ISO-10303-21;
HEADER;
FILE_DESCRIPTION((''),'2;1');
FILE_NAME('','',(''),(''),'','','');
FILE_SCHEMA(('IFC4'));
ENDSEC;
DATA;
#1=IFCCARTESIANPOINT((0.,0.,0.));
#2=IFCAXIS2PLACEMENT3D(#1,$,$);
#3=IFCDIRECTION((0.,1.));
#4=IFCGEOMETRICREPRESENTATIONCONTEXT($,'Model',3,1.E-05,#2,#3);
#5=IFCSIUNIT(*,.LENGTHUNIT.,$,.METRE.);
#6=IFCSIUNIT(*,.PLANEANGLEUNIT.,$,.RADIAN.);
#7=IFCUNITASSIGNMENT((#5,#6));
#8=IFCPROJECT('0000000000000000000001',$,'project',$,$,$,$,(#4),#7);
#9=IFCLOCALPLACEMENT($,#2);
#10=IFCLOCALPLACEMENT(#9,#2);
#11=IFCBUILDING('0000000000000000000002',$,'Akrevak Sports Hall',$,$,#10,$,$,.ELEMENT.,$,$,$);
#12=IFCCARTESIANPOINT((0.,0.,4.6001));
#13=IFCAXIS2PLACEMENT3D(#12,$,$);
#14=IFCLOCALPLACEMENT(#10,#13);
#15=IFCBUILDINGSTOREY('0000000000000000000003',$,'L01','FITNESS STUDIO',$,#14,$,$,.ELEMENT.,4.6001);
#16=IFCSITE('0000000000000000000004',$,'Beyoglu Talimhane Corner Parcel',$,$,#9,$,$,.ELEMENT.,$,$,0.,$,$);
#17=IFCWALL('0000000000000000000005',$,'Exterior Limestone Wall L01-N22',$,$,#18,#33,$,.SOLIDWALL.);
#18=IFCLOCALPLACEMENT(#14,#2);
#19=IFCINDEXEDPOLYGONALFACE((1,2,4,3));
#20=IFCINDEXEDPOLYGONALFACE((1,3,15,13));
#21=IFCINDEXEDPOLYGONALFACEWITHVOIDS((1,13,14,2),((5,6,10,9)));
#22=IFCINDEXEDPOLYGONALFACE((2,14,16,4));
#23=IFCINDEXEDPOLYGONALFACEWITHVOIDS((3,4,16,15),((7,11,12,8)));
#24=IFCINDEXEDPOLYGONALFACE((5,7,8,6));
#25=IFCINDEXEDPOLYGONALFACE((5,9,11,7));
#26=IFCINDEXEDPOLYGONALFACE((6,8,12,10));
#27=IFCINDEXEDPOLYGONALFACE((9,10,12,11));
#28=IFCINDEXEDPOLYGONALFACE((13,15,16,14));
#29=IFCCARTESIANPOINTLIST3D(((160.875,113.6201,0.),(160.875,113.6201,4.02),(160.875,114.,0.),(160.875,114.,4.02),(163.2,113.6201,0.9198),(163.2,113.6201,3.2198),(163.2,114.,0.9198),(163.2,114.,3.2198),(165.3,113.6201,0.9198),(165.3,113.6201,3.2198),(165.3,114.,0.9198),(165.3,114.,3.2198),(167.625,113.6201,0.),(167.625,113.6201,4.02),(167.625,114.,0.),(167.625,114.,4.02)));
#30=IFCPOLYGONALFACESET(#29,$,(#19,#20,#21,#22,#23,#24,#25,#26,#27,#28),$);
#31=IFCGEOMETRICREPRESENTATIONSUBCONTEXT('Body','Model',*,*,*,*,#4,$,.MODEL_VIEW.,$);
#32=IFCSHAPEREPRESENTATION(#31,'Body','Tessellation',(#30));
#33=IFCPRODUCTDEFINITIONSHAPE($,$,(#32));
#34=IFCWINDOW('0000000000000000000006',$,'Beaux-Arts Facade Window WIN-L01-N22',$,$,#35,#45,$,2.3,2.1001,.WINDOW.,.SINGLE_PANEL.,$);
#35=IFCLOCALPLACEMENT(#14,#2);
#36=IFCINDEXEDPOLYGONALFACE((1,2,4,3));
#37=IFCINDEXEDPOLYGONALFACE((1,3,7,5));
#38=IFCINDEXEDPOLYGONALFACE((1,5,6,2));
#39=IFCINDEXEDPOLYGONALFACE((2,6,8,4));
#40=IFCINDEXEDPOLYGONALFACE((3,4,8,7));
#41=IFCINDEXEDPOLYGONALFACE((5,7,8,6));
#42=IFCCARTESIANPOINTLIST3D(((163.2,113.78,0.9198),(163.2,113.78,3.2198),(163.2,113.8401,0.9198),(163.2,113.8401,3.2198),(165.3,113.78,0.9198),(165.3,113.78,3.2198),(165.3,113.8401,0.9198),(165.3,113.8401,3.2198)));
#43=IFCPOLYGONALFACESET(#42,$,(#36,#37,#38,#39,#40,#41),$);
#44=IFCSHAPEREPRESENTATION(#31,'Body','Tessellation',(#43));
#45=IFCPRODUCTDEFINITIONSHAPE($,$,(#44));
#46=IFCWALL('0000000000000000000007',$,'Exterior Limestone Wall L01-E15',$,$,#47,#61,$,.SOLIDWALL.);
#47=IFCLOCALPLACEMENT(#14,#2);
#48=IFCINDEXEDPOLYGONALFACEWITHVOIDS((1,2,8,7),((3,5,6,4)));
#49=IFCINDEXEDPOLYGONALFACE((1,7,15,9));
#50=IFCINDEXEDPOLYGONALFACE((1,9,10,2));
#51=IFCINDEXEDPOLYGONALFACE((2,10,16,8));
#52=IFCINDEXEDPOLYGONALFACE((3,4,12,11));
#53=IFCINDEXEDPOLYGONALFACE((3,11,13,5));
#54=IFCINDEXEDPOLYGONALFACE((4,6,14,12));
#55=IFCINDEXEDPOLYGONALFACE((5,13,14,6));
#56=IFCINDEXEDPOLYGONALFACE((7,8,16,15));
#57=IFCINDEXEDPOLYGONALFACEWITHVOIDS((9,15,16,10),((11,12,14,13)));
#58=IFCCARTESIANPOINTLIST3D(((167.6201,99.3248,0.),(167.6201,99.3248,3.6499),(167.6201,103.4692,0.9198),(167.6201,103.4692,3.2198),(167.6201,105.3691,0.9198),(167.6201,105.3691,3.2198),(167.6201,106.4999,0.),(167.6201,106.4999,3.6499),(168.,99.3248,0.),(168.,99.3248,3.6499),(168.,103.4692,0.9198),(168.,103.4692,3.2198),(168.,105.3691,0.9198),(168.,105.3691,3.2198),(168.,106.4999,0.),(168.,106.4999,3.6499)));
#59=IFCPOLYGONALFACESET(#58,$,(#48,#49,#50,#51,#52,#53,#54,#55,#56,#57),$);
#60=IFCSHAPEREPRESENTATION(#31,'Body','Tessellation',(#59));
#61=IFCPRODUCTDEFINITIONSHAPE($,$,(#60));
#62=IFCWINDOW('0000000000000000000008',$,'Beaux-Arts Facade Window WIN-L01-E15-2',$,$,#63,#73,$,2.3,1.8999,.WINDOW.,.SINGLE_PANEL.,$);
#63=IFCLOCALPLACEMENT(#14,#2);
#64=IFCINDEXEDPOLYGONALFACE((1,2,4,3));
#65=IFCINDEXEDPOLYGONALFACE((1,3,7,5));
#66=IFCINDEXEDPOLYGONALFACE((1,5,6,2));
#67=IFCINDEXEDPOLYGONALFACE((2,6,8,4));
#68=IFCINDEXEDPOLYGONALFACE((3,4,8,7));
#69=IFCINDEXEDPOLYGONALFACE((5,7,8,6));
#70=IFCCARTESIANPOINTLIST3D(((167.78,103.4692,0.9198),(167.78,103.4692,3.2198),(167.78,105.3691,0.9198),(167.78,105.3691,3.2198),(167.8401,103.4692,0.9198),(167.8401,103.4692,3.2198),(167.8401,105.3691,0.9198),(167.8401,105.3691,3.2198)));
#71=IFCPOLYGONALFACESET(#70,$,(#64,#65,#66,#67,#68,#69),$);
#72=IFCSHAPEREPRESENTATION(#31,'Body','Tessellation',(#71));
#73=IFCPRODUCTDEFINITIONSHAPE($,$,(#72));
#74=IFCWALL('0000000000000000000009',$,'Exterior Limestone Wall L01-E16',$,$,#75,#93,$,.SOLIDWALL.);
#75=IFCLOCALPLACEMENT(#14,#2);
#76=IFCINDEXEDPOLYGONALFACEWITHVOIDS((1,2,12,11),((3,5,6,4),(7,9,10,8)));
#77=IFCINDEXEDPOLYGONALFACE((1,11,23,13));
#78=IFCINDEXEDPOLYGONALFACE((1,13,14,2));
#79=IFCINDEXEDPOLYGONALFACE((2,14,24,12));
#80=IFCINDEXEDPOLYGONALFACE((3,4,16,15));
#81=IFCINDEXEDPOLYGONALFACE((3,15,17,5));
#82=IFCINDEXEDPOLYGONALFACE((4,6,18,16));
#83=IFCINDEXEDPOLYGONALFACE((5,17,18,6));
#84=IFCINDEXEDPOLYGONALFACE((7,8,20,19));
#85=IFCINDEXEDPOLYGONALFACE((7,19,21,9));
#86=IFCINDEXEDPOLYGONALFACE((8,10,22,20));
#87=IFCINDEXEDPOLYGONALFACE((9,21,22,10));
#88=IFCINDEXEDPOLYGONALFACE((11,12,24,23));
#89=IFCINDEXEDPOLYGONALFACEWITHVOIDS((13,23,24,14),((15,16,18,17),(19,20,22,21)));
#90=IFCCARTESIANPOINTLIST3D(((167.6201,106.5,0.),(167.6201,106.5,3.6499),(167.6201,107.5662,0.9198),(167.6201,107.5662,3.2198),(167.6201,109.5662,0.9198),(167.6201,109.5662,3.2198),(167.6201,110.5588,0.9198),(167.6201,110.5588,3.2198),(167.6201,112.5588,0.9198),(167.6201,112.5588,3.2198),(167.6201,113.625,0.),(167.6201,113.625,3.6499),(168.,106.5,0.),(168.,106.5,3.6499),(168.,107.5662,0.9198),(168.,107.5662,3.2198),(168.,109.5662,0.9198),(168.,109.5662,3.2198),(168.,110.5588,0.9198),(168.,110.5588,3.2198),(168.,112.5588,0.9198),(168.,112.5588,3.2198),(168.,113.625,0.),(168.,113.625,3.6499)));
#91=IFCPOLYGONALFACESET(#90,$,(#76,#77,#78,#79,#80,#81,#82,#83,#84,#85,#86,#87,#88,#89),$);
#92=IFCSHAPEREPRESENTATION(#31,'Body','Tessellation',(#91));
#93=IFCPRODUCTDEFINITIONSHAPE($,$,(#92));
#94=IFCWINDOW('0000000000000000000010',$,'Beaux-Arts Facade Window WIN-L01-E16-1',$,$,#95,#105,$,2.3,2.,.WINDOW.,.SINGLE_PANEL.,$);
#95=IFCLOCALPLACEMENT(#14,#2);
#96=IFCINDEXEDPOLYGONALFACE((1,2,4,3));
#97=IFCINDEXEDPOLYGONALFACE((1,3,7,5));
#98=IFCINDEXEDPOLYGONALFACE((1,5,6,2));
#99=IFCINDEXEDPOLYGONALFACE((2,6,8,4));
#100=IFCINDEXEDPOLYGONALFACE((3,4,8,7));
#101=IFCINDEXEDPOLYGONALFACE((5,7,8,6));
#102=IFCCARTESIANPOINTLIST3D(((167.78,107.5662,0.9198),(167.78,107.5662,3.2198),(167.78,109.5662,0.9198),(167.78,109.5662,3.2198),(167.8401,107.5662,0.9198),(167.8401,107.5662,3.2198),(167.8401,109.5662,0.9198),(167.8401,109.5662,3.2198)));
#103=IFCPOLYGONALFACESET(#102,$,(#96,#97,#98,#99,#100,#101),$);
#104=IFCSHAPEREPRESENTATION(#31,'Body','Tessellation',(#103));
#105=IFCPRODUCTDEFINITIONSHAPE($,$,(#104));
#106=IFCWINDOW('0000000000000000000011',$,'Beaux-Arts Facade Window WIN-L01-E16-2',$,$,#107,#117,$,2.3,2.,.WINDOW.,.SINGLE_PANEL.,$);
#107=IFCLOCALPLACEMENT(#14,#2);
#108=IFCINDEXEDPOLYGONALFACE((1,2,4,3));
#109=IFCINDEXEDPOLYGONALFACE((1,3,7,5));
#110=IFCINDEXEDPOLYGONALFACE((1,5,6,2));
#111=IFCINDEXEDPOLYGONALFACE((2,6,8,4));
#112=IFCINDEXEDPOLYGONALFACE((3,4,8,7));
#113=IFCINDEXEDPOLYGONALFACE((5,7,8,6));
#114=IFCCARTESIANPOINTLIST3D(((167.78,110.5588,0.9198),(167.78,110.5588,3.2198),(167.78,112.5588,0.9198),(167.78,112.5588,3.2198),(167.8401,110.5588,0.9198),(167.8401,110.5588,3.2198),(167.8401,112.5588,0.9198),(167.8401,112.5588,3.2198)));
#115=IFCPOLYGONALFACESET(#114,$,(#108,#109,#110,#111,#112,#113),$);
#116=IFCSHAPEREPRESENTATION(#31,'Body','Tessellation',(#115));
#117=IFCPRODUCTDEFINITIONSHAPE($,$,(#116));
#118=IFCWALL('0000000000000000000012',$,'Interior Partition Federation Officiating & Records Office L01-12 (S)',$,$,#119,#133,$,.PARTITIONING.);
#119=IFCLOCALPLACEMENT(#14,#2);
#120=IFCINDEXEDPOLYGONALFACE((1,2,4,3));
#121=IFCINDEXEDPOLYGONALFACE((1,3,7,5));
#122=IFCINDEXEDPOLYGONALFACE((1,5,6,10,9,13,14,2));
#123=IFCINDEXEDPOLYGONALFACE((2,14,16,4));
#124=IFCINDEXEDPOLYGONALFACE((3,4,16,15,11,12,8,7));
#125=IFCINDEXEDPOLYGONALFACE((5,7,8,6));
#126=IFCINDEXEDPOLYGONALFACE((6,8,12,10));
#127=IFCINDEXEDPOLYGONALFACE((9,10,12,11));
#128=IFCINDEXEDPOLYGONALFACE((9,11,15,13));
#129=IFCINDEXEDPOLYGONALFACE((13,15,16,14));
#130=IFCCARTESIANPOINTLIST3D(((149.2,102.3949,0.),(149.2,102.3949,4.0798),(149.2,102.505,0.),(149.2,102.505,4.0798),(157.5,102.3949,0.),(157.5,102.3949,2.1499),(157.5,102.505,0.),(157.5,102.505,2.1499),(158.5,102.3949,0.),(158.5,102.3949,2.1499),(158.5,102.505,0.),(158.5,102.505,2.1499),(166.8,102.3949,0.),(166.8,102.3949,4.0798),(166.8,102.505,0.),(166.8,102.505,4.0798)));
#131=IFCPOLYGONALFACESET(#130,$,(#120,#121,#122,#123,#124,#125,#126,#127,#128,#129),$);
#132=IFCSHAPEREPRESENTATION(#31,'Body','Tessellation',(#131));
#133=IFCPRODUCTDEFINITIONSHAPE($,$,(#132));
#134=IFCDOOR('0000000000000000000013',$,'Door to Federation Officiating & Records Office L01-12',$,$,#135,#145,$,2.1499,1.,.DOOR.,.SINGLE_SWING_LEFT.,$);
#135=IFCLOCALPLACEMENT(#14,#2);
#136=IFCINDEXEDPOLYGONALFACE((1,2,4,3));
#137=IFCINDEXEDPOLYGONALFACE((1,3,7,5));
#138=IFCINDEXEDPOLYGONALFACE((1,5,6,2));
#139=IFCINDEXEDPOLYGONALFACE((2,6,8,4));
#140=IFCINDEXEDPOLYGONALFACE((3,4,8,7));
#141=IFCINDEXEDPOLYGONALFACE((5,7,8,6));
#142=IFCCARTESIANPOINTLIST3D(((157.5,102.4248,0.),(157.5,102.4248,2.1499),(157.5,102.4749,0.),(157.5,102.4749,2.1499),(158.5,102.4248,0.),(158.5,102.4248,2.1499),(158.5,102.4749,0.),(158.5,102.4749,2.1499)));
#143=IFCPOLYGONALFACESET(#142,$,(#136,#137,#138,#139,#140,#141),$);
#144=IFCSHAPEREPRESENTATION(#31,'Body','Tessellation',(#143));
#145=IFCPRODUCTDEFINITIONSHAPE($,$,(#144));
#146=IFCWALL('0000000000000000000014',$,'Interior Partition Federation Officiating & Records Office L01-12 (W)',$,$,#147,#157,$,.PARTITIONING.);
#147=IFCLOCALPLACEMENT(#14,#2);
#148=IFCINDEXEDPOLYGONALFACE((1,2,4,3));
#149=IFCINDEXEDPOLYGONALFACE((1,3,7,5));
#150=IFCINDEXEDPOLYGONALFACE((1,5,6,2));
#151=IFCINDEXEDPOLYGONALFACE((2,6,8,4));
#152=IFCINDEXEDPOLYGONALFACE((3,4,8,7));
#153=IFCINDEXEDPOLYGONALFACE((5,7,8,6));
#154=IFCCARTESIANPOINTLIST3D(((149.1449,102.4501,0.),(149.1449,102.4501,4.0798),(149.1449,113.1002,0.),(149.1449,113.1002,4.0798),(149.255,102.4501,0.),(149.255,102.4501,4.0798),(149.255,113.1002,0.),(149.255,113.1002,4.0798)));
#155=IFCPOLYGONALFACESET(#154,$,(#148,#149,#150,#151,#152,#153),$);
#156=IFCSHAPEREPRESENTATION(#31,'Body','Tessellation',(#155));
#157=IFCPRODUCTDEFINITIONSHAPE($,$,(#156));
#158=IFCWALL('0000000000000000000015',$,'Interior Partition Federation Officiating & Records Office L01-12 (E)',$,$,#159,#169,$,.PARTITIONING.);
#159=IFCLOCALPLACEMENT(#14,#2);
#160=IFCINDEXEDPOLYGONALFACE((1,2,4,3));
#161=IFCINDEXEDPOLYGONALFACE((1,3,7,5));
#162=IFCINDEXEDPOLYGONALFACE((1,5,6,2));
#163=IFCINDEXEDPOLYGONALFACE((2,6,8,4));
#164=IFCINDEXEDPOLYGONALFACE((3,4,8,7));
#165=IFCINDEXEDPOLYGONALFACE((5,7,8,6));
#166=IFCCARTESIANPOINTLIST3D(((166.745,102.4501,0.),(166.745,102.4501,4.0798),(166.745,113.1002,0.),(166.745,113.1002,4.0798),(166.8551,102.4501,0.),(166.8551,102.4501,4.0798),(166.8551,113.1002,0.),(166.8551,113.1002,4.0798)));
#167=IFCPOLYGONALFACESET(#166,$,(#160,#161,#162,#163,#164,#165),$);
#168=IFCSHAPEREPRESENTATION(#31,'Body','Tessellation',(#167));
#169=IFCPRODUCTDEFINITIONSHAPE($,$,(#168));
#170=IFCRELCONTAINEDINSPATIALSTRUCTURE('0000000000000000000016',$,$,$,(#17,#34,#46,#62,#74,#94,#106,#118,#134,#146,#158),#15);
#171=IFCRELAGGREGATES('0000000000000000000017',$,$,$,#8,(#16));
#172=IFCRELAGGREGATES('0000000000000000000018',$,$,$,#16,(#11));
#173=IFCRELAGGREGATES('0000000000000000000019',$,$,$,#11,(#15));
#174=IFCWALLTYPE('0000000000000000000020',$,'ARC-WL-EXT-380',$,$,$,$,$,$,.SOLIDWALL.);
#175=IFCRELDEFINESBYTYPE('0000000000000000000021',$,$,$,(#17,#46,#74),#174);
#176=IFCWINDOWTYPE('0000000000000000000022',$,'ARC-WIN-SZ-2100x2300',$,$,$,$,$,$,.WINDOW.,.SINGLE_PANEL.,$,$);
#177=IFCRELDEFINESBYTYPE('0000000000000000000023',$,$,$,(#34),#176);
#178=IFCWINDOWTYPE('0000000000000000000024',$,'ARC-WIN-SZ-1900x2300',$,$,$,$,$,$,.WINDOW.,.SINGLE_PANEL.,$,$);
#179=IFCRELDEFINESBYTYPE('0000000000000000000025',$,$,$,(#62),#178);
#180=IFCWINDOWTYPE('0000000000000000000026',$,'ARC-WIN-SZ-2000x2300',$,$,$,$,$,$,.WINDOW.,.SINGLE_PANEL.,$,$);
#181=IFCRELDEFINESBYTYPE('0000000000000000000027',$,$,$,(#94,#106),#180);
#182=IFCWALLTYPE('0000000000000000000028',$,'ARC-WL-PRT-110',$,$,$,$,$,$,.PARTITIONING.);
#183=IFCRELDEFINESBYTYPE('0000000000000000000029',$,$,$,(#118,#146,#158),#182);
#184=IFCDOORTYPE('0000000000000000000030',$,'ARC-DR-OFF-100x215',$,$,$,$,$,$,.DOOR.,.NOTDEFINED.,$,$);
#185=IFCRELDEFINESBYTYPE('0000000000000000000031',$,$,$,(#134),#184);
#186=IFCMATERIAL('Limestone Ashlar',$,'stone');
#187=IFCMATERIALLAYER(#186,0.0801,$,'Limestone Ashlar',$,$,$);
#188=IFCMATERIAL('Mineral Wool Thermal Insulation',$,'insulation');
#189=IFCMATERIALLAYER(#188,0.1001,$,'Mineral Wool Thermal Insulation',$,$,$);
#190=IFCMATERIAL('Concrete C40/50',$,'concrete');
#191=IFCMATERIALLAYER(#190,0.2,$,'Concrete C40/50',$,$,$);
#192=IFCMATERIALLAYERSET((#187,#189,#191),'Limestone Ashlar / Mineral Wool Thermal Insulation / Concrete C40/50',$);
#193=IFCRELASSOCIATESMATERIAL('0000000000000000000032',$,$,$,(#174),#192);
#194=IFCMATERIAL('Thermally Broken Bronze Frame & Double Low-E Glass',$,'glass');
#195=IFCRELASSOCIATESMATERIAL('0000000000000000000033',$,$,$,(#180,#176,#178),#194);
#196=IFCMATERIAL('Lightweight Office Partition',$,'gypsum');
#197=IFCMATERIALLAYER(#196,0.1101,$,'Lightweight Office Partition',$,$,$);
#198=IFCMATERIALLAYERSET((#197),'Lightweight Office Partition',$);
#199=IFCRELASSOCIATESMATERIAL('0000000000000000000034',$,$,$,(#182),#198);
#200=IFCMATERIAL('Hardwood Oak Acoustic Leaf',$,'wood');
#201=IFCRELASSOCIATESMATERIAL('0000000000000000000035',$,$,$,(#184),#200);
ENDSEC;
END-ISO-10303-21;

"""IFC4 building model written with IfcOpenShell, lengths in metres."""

from ifc_helpers import new_model, si_unit, direction, frame, frame_2d, origin, place, context, subcontext, project, spatial, rectangle, extrude, material, layer, layer_set, type_object, element, fill, save


model = new_model("IFC4")

# Units and contexts
model_context = context("Model", 3, precision=1e-05, world=origin(), true_north=direction((0.0, 1.0)))
body_context = subcontext(model_context, "Body", "Model", "MODEL_VIEW")
ifc_project = project(units=[si_unit("LENGTHUNIT", "METRE"), si_unit("PLANEANGLEUNIT", "RADIAN")], contexts=[model_context])

# Site, building, storey
site_placement = place(None, origin())
site = spatial("IfcSite", under=ifc_project, at=site_placement, Name="Beyoglu Talimhane Corner Parcel", CompositionType="ELEMENT", RefElevation=0.0)
building_placement = place(site_placement, origin())
building = spatial("IfcBuilding", under=site, at=building_placement, Name="Akrevak Sports Hall", CompositionType="ELEMENT")
storey_placement = place(building_placement, frame((0.0, 0.0, 4.6001)))
storey = spatial("IfcBuildingStorey", under=building, at=storey_placement, Name="L01", Description="FITNESS STUDIO", CompositionType="ELEMENT", Elevation=4.6001)

# Shared definitions
ifc_material_1 = material(Name="Concrete C40/50", Category="concrete")

# Shared definitions
ifc_material_2 = material(Name="Limestone Ashlar", Category="stone")
ifc_layer_1 = layer(ifc_material_2, 0.0801, Name="Limestone Ashlar")
ifc_material_3 = material(Name="Mineral Wool Thermal Insulation", Category="insulation")
ifc_layer_2 = layer(ifc_material_3, 0.1001, Name="Mineral Wool Thermal Insulation")
ifc_layer_3 = layer(ifc_material_1, 0.2, Name="Concrete C40/50")
ifc_layer_set_1 = layer_set([ifc_layer_1, ifc_layer_2, ifc_layer_3], Name="Limestone Ashlar / Mineral Wool Thermal Insulation / Concrete C40/50")
wall_type_1 = type_object("IfcWallType", Name="ARC-WL-EXT-380", PredefinedType="SOLIDWALL", material=ifc_layer_set_1)
ifc_material_4 = material(Name="Thermally Broken Bronze Frame & Double Low-E Glass", Category="glass")
window_type_1 = type_object("IfcWindowType", Name="ARC-WIN-SZ-2000x2300", PartitioningType="SINGLE_PANEL", PredefinedType="WINDOW", material=ifc_material_4)

# Walls, openings, windows
wall_1_placement = place(storey_placement, frame((167.625, 113.8101, 0.0), z_axis=(0.0, 0.0, 1.0), x_axis=(-1.0, 0.0, 0.0)))
wall_1 = element("IfcWall", 1, at=wall_1_placement, inside=storey, type_object=wall_type_1, Name="Exterior Limestone Wall L01-N22", PredefinedType="SOLIDWALL", context=body_context, shape_type="SweptSolid", body=[
    extrude(rectangle(XDim=6.75, YDim=0.3799, at=frame_2d((3.375, 0.0))), origin(), (0.0, 0.0, 1.0), 4.02),
])
opening_1_placement = place(wall_1_placement, frame((2.325, 0.0, 0.9199)))
opening_1 = element("IfcOpeningElement", 2, at=opening_1_placement, cuts=wall_1, PredefinedType="OPENING", context=body_context, shape_type="SweptSolid", body=[
    extrude(rectangle(XDim=2.1001, YDim=2.3, at=frame_2d((1.05, 1.1499))), frame((0.0, 0.2019, 0.0), z_axis=(0.0, -1.0, 0.0), x_axis=(1.0, 0.0, 0.0)), (0.0, 0.0, 1.0), 0.4038),
])
window_type_2 = type_object("IfcWindowType", Name="ARC-WIN-SZ-2100x2300", PartitioningType="SINGLE_PANEL", PredefinedType="WINDOW", material=ifc_material_4)
window_1_placement = place(opening_1_placement, origin())
window_1 = element("IfcWindow", 3, at=window_1_placement, inside=storey, type_object=window_type_2, Name="Beaux-Arts Facade Window WIN-L01-N22", OverallHeight=2.3, OverallWidth=2.1001, PartitioningType="SINGLE_PANEL", PredefinedType="WINDOW", context=body_context, shape_type="SweptSolid", body=[
    extrude(rectangle(XDim=2.1001, YDim=2.3, at=frame_2d((1.05, 1.1499))), frame((0.0, 0.03, 0.0), z_axis=(0.0, -1.0, 0.0), x_axis=(1.0, 0.0, 0.0)), (0.0, 0.0, 1.0), 0.0601),
])
fill(opening_1, window_1)
wall_2_placement = place(storey_placement, frame((167.8101, 99.325, 0.0), z_axis=(0.0, 0.0, 1.0), x_axis=(0.0, 1.0, 0.0)))
wall_2 = element("IfcWall", 4, at=wall_2_placement, inside=storey, type_object=wall_type_1, Name="Exterior Limestone Wall L01-E15", PredefinedType="SOLIDWALL", context=body_context, shape_type="SweptSolid", body=[
    extrude(rectangle(XDim=7.175, YDim=0.3799, at=frame_2d((3.5874, 0.0))), origin(), (0.0, 0.0, 1.0), 3.6499),
])
opening_2_placement = place(wall_2_placement, frame((4.1443, 0.0, 0.9199)))
opening_2 = element("IfcOpeningElement", 5, at=opening_2_placement, cuts=wall_2, PredefinedType="OPENING", context=body_context, shape_type="SweptSolid", body=[
    extrude(rectangle(XDim=1.8999, YDim=2.3, at=frame_2d((0.95, 1.1499))), frame((0.0, 0.2019, 0.0), z_axis=(0.0, -1.0, 0.0), x_axis=(1.0, 0.0, 0.0)), (0.0, 0.0, 1.0), 0.4038),
])
window_type_3 = type_object("IfcWindowType", Name="ARC-WIN-SZ-1900x2300", PartitioningType="SINGLE_PANEL", PredefinedType="WINDOW", material=ifc_material_4)
window_2_placement = place(opening_2_placement, origin())
window_2 = element("IfcWindow", 6, at=window_2_placement, inside=storey, type_object=window_type_3, Name="Beaux-Arts Facade Window WIN-L01-E15-2", OverallHeight=2.3, OverallWidth=1.8999, PartitioningType="SINGLE_PANEL", PredefinedType="WINDOW", context=body_context, shape_type="SweptSolid", body=[
    extrude(rectangle(XDim=1.8999, YDim=2.3, at=frame_2d((0.95, 1.1499))), frame((0.0, 0.03, 0.0), z_axis=(0.0, -1.0, 0.0), x_axis=(1.0, 0.0, 0.0)), (0.0, 0.0, 1.0), 0.0601),
])
fill(opening_2, window_2)

# Wall, openings, windows
wall_3_placement = place(storey_placement, frame((167.8101, 106.5, 0.0), z_axis=(0.0, 0.0, 1.0), x_axis=(0.0, 1.0, 0.0)))
wall_3 = element("IfcWall", 7, at=wall_3_placement, inside=storey, type_object=wall_type_1, Name="Exterior Limestone Wall L01-E16", PredefinedType="SOLIDWALL", context=body_context, shape_type="SweptSolid", body=[
    extrude(rectangle(XDim=7.125, YDim=0.3799, at=frame_2d((3.5625, 0.0))), origin(), (0.0, 0.0, 1.0), 3.6499),
])
opening_3_placement = place(wall_3_placement, frame((1.0662, 0.0, 0.9199)))
opening_3 = element("IfcOpeningElement", 8, at=opening_3_placement, cuts=wall_3, PredefinedType="OPENING", context=body_context, shape_type="SweptSolid", body=[
    extrude(rectangle(XDim=2.0, YDim=2.3, at=frame_2d((1.0, 1.1499))), frame((0.0, 0.2019, 0.0), z_axis=(0.0, -1.0, 0.0), x_axis=(1.0, 0.0, 0.0)), (0.0, 0.0, 1.0), 0.4038),
])
opening_4_placement = place(wall_3_placement, frame((4.0588, 0.0, 0.9199)))
opening_4 = element("IfcOpeningElement", 9, at=opening_4_placement, cuts=wall_3, PredefinedType="OPENING", context=body_context, shape_type="SweptSolid", body=[
    extrude(rectangle(XDim=2.0, YDim=2.3, at=frame_2d((1.0, 1.1499))), frame((0.0, 0.2019, 0.0), z_axis=(0.0, -1.0, 0.0), x_axis=(1.0, 0.0, 0.0)), (0.0, 0.0, 1.0), 0.4038),
])
window_3_placement = place(opening_3_placement, origin())
window_3 = element("IfcWindow", 10, at=window_3_placement, inside=storey, type_object=window_type_1, Name="Beaux-Arts Facade Window WIN-L01-E16-1", OverallHeight=2.3, OverallWidth=2.0, PartitioningType="SINGLE_PANEL", PredefinedType="WINDOW", context=body_context, shape_type="SweptSolid", body=[
    extrude(rectangle(XDim=2.0, YDim=2.3, at=frame_2d((1.0, 1.1499))), frame((0.0, 0.03, 0.0), z_axis=(0.0, -1.0, 0.0), x_axis=(1.0, 0.0, 0.0)), (0.0, 0.0, 1.0), 0.0601),
])
fill(opening_3, window_3)
window_4_placement = place(opening_4_placement, origin())
window_4 = element("IfcWindow", 11, at=window_4_placement, inside=storey, type_object=window_type_1, Name="Beaux-Arts Facade Window WIN-L01-E16-2", OverallHeight=2.3, OverallWidth=2.0, PartitioningType="SINGLE_PANEL", PredefinedType="WINDOW", context=body_context, shape_type="SweptSolid", body=[
    extrude(rectangle(XDim=2.0, YDim=2.3, at=frame_2d((1.0, 1.1499))), frame((0.0, 0.03, 0.0), z_axis=(0.0, -1.0, 0.0), x_axis=(1.0, 0.0, 0.0)), (0.0, 0.0, 1.0), 0.0601),
])
fill(opening_4, window_4)

# Wall, opening, door
ifc_material_5 = material(Name="Lightweight Office Partition", Category="gypsum")
ifc_layer_4 = layer(ifc_material_5, 0.1101, Name="Lightweight Office Partition")
ifc_layer_set_2 = layer_set([ifc_layer_4], Name="Lightweight Office Partition")
wall_type_2 = type_object("IfcWallType", Name="ARC-WL-PRT-110", PredefinedType="PARTITIONING", material=ifc_layer_set_2)
wall_4_placement = place(storey_placement, frame((149.2, 102.45, 0.0), z_axis=(0.0, 0.0, 1.0), x_axis=(1.0, 0.0, 0.0)))
wall_4 = element("IfcWall", 12, at=wall_4_placement, inside=storey, type_object=wall_type_2, Name="Interior Partition Federation Officiating & Records Office L01-12 (S)", PredefinedType="PARTITIONING", context=body_context, shape_type="SweptSolid", body=[
    extrude(rectangle(XDim=17.6001, YDim=0.1101, at=frame_2d((8.8, 0.0))), origin(), (0.0, 0.0, 1.0), 4.0798),
])
opening_5_placement = place(wall_4_placement, frame((8.3, 0.0, 0.0)))
opening_5 = element("IfcOpeningElement", 13, at=opening_5_placement, cuts=wall_4, PredefinedType="OPENING", context=body_context, shape_type="SweptSolid", body=[
    extrude(rectangle(XDim=1.0, YDim=2.1499, at=frame_2d((0.5, 1.075))), frame((0.0, 0.0669, 0.0), z_axis=(0.0, -1.0, 0.0), x_axis=(1.0, 0.0, 0.0)), (0.0, 0.0, 1.0), 0.134),
])
ifc_material_6 = material(Name="Hardwood Oak Acoustic Leaf", Category="wood")
door_type = type_object("IfcDoorType", Name="ARC-DR-OFF-100x215", OperationType="NOTDEFINED", PredefinedType="DOOR", material=ifc_material_6)
door_placement = place(opening_5_placement, origin())
door = element("IfcDoor", 14, at=door_placement, inside=storey, type_object=door_type, Name="Door to Federation Officiating & Records Office L01-12", OperationType="SINGLE_SWING_LEFT", OverallHeight=2.1499, OverallWidth=1.0, PredefinedType="DOOR", context=body_context, shape_type="SweptSolid", body=[
    extrude(rectangle(XDim=1.0, YDim=2.1499, at=frame_2d((0.5, 1.075))), frame((0.0, 0.0249, 0.0), z_axis=(0.0, -1.0, 0.0), x_axis=(1.0, 0.0, 0.0)), (0.0, 0.0, 1.0), 0.05),
])
fill(opening_5, door)

# Walls
for number, where, z_axis, x_axis, name in (
    (15, (149.2, 102.45, 0.0), (0.0, 0.0, 1.0), (0.0, 1.0, 0.0), "Interior Partition Federation Officiating & Records Office L01-12 (W)"),
    (16, (166.8, 102.45, 0.0), (0.0, 0.0, 1.0), (0.0, 1.0, 0.0), "Interior Partition Federation Officiating & Records Office L01-12 (E)"),
):
    element("IfcWall", number, at=place(storey_placement, frame(where, z_axis=z_axis, x_axis=x_axis)), inside=storey, type_object=wall_type_2, Name=name, PredefinedType="PARTITIONING", context=body_context, shape_type="SweptSolid", body=[
        extrude(rectangle(XDim=10.6501, YDim=0.1101, at=frame_2d((5.3252, 0.0))), origin(), (0.0, 0.0, 1.0), 4.0798),
    ])

save(model, "model.ifc")
